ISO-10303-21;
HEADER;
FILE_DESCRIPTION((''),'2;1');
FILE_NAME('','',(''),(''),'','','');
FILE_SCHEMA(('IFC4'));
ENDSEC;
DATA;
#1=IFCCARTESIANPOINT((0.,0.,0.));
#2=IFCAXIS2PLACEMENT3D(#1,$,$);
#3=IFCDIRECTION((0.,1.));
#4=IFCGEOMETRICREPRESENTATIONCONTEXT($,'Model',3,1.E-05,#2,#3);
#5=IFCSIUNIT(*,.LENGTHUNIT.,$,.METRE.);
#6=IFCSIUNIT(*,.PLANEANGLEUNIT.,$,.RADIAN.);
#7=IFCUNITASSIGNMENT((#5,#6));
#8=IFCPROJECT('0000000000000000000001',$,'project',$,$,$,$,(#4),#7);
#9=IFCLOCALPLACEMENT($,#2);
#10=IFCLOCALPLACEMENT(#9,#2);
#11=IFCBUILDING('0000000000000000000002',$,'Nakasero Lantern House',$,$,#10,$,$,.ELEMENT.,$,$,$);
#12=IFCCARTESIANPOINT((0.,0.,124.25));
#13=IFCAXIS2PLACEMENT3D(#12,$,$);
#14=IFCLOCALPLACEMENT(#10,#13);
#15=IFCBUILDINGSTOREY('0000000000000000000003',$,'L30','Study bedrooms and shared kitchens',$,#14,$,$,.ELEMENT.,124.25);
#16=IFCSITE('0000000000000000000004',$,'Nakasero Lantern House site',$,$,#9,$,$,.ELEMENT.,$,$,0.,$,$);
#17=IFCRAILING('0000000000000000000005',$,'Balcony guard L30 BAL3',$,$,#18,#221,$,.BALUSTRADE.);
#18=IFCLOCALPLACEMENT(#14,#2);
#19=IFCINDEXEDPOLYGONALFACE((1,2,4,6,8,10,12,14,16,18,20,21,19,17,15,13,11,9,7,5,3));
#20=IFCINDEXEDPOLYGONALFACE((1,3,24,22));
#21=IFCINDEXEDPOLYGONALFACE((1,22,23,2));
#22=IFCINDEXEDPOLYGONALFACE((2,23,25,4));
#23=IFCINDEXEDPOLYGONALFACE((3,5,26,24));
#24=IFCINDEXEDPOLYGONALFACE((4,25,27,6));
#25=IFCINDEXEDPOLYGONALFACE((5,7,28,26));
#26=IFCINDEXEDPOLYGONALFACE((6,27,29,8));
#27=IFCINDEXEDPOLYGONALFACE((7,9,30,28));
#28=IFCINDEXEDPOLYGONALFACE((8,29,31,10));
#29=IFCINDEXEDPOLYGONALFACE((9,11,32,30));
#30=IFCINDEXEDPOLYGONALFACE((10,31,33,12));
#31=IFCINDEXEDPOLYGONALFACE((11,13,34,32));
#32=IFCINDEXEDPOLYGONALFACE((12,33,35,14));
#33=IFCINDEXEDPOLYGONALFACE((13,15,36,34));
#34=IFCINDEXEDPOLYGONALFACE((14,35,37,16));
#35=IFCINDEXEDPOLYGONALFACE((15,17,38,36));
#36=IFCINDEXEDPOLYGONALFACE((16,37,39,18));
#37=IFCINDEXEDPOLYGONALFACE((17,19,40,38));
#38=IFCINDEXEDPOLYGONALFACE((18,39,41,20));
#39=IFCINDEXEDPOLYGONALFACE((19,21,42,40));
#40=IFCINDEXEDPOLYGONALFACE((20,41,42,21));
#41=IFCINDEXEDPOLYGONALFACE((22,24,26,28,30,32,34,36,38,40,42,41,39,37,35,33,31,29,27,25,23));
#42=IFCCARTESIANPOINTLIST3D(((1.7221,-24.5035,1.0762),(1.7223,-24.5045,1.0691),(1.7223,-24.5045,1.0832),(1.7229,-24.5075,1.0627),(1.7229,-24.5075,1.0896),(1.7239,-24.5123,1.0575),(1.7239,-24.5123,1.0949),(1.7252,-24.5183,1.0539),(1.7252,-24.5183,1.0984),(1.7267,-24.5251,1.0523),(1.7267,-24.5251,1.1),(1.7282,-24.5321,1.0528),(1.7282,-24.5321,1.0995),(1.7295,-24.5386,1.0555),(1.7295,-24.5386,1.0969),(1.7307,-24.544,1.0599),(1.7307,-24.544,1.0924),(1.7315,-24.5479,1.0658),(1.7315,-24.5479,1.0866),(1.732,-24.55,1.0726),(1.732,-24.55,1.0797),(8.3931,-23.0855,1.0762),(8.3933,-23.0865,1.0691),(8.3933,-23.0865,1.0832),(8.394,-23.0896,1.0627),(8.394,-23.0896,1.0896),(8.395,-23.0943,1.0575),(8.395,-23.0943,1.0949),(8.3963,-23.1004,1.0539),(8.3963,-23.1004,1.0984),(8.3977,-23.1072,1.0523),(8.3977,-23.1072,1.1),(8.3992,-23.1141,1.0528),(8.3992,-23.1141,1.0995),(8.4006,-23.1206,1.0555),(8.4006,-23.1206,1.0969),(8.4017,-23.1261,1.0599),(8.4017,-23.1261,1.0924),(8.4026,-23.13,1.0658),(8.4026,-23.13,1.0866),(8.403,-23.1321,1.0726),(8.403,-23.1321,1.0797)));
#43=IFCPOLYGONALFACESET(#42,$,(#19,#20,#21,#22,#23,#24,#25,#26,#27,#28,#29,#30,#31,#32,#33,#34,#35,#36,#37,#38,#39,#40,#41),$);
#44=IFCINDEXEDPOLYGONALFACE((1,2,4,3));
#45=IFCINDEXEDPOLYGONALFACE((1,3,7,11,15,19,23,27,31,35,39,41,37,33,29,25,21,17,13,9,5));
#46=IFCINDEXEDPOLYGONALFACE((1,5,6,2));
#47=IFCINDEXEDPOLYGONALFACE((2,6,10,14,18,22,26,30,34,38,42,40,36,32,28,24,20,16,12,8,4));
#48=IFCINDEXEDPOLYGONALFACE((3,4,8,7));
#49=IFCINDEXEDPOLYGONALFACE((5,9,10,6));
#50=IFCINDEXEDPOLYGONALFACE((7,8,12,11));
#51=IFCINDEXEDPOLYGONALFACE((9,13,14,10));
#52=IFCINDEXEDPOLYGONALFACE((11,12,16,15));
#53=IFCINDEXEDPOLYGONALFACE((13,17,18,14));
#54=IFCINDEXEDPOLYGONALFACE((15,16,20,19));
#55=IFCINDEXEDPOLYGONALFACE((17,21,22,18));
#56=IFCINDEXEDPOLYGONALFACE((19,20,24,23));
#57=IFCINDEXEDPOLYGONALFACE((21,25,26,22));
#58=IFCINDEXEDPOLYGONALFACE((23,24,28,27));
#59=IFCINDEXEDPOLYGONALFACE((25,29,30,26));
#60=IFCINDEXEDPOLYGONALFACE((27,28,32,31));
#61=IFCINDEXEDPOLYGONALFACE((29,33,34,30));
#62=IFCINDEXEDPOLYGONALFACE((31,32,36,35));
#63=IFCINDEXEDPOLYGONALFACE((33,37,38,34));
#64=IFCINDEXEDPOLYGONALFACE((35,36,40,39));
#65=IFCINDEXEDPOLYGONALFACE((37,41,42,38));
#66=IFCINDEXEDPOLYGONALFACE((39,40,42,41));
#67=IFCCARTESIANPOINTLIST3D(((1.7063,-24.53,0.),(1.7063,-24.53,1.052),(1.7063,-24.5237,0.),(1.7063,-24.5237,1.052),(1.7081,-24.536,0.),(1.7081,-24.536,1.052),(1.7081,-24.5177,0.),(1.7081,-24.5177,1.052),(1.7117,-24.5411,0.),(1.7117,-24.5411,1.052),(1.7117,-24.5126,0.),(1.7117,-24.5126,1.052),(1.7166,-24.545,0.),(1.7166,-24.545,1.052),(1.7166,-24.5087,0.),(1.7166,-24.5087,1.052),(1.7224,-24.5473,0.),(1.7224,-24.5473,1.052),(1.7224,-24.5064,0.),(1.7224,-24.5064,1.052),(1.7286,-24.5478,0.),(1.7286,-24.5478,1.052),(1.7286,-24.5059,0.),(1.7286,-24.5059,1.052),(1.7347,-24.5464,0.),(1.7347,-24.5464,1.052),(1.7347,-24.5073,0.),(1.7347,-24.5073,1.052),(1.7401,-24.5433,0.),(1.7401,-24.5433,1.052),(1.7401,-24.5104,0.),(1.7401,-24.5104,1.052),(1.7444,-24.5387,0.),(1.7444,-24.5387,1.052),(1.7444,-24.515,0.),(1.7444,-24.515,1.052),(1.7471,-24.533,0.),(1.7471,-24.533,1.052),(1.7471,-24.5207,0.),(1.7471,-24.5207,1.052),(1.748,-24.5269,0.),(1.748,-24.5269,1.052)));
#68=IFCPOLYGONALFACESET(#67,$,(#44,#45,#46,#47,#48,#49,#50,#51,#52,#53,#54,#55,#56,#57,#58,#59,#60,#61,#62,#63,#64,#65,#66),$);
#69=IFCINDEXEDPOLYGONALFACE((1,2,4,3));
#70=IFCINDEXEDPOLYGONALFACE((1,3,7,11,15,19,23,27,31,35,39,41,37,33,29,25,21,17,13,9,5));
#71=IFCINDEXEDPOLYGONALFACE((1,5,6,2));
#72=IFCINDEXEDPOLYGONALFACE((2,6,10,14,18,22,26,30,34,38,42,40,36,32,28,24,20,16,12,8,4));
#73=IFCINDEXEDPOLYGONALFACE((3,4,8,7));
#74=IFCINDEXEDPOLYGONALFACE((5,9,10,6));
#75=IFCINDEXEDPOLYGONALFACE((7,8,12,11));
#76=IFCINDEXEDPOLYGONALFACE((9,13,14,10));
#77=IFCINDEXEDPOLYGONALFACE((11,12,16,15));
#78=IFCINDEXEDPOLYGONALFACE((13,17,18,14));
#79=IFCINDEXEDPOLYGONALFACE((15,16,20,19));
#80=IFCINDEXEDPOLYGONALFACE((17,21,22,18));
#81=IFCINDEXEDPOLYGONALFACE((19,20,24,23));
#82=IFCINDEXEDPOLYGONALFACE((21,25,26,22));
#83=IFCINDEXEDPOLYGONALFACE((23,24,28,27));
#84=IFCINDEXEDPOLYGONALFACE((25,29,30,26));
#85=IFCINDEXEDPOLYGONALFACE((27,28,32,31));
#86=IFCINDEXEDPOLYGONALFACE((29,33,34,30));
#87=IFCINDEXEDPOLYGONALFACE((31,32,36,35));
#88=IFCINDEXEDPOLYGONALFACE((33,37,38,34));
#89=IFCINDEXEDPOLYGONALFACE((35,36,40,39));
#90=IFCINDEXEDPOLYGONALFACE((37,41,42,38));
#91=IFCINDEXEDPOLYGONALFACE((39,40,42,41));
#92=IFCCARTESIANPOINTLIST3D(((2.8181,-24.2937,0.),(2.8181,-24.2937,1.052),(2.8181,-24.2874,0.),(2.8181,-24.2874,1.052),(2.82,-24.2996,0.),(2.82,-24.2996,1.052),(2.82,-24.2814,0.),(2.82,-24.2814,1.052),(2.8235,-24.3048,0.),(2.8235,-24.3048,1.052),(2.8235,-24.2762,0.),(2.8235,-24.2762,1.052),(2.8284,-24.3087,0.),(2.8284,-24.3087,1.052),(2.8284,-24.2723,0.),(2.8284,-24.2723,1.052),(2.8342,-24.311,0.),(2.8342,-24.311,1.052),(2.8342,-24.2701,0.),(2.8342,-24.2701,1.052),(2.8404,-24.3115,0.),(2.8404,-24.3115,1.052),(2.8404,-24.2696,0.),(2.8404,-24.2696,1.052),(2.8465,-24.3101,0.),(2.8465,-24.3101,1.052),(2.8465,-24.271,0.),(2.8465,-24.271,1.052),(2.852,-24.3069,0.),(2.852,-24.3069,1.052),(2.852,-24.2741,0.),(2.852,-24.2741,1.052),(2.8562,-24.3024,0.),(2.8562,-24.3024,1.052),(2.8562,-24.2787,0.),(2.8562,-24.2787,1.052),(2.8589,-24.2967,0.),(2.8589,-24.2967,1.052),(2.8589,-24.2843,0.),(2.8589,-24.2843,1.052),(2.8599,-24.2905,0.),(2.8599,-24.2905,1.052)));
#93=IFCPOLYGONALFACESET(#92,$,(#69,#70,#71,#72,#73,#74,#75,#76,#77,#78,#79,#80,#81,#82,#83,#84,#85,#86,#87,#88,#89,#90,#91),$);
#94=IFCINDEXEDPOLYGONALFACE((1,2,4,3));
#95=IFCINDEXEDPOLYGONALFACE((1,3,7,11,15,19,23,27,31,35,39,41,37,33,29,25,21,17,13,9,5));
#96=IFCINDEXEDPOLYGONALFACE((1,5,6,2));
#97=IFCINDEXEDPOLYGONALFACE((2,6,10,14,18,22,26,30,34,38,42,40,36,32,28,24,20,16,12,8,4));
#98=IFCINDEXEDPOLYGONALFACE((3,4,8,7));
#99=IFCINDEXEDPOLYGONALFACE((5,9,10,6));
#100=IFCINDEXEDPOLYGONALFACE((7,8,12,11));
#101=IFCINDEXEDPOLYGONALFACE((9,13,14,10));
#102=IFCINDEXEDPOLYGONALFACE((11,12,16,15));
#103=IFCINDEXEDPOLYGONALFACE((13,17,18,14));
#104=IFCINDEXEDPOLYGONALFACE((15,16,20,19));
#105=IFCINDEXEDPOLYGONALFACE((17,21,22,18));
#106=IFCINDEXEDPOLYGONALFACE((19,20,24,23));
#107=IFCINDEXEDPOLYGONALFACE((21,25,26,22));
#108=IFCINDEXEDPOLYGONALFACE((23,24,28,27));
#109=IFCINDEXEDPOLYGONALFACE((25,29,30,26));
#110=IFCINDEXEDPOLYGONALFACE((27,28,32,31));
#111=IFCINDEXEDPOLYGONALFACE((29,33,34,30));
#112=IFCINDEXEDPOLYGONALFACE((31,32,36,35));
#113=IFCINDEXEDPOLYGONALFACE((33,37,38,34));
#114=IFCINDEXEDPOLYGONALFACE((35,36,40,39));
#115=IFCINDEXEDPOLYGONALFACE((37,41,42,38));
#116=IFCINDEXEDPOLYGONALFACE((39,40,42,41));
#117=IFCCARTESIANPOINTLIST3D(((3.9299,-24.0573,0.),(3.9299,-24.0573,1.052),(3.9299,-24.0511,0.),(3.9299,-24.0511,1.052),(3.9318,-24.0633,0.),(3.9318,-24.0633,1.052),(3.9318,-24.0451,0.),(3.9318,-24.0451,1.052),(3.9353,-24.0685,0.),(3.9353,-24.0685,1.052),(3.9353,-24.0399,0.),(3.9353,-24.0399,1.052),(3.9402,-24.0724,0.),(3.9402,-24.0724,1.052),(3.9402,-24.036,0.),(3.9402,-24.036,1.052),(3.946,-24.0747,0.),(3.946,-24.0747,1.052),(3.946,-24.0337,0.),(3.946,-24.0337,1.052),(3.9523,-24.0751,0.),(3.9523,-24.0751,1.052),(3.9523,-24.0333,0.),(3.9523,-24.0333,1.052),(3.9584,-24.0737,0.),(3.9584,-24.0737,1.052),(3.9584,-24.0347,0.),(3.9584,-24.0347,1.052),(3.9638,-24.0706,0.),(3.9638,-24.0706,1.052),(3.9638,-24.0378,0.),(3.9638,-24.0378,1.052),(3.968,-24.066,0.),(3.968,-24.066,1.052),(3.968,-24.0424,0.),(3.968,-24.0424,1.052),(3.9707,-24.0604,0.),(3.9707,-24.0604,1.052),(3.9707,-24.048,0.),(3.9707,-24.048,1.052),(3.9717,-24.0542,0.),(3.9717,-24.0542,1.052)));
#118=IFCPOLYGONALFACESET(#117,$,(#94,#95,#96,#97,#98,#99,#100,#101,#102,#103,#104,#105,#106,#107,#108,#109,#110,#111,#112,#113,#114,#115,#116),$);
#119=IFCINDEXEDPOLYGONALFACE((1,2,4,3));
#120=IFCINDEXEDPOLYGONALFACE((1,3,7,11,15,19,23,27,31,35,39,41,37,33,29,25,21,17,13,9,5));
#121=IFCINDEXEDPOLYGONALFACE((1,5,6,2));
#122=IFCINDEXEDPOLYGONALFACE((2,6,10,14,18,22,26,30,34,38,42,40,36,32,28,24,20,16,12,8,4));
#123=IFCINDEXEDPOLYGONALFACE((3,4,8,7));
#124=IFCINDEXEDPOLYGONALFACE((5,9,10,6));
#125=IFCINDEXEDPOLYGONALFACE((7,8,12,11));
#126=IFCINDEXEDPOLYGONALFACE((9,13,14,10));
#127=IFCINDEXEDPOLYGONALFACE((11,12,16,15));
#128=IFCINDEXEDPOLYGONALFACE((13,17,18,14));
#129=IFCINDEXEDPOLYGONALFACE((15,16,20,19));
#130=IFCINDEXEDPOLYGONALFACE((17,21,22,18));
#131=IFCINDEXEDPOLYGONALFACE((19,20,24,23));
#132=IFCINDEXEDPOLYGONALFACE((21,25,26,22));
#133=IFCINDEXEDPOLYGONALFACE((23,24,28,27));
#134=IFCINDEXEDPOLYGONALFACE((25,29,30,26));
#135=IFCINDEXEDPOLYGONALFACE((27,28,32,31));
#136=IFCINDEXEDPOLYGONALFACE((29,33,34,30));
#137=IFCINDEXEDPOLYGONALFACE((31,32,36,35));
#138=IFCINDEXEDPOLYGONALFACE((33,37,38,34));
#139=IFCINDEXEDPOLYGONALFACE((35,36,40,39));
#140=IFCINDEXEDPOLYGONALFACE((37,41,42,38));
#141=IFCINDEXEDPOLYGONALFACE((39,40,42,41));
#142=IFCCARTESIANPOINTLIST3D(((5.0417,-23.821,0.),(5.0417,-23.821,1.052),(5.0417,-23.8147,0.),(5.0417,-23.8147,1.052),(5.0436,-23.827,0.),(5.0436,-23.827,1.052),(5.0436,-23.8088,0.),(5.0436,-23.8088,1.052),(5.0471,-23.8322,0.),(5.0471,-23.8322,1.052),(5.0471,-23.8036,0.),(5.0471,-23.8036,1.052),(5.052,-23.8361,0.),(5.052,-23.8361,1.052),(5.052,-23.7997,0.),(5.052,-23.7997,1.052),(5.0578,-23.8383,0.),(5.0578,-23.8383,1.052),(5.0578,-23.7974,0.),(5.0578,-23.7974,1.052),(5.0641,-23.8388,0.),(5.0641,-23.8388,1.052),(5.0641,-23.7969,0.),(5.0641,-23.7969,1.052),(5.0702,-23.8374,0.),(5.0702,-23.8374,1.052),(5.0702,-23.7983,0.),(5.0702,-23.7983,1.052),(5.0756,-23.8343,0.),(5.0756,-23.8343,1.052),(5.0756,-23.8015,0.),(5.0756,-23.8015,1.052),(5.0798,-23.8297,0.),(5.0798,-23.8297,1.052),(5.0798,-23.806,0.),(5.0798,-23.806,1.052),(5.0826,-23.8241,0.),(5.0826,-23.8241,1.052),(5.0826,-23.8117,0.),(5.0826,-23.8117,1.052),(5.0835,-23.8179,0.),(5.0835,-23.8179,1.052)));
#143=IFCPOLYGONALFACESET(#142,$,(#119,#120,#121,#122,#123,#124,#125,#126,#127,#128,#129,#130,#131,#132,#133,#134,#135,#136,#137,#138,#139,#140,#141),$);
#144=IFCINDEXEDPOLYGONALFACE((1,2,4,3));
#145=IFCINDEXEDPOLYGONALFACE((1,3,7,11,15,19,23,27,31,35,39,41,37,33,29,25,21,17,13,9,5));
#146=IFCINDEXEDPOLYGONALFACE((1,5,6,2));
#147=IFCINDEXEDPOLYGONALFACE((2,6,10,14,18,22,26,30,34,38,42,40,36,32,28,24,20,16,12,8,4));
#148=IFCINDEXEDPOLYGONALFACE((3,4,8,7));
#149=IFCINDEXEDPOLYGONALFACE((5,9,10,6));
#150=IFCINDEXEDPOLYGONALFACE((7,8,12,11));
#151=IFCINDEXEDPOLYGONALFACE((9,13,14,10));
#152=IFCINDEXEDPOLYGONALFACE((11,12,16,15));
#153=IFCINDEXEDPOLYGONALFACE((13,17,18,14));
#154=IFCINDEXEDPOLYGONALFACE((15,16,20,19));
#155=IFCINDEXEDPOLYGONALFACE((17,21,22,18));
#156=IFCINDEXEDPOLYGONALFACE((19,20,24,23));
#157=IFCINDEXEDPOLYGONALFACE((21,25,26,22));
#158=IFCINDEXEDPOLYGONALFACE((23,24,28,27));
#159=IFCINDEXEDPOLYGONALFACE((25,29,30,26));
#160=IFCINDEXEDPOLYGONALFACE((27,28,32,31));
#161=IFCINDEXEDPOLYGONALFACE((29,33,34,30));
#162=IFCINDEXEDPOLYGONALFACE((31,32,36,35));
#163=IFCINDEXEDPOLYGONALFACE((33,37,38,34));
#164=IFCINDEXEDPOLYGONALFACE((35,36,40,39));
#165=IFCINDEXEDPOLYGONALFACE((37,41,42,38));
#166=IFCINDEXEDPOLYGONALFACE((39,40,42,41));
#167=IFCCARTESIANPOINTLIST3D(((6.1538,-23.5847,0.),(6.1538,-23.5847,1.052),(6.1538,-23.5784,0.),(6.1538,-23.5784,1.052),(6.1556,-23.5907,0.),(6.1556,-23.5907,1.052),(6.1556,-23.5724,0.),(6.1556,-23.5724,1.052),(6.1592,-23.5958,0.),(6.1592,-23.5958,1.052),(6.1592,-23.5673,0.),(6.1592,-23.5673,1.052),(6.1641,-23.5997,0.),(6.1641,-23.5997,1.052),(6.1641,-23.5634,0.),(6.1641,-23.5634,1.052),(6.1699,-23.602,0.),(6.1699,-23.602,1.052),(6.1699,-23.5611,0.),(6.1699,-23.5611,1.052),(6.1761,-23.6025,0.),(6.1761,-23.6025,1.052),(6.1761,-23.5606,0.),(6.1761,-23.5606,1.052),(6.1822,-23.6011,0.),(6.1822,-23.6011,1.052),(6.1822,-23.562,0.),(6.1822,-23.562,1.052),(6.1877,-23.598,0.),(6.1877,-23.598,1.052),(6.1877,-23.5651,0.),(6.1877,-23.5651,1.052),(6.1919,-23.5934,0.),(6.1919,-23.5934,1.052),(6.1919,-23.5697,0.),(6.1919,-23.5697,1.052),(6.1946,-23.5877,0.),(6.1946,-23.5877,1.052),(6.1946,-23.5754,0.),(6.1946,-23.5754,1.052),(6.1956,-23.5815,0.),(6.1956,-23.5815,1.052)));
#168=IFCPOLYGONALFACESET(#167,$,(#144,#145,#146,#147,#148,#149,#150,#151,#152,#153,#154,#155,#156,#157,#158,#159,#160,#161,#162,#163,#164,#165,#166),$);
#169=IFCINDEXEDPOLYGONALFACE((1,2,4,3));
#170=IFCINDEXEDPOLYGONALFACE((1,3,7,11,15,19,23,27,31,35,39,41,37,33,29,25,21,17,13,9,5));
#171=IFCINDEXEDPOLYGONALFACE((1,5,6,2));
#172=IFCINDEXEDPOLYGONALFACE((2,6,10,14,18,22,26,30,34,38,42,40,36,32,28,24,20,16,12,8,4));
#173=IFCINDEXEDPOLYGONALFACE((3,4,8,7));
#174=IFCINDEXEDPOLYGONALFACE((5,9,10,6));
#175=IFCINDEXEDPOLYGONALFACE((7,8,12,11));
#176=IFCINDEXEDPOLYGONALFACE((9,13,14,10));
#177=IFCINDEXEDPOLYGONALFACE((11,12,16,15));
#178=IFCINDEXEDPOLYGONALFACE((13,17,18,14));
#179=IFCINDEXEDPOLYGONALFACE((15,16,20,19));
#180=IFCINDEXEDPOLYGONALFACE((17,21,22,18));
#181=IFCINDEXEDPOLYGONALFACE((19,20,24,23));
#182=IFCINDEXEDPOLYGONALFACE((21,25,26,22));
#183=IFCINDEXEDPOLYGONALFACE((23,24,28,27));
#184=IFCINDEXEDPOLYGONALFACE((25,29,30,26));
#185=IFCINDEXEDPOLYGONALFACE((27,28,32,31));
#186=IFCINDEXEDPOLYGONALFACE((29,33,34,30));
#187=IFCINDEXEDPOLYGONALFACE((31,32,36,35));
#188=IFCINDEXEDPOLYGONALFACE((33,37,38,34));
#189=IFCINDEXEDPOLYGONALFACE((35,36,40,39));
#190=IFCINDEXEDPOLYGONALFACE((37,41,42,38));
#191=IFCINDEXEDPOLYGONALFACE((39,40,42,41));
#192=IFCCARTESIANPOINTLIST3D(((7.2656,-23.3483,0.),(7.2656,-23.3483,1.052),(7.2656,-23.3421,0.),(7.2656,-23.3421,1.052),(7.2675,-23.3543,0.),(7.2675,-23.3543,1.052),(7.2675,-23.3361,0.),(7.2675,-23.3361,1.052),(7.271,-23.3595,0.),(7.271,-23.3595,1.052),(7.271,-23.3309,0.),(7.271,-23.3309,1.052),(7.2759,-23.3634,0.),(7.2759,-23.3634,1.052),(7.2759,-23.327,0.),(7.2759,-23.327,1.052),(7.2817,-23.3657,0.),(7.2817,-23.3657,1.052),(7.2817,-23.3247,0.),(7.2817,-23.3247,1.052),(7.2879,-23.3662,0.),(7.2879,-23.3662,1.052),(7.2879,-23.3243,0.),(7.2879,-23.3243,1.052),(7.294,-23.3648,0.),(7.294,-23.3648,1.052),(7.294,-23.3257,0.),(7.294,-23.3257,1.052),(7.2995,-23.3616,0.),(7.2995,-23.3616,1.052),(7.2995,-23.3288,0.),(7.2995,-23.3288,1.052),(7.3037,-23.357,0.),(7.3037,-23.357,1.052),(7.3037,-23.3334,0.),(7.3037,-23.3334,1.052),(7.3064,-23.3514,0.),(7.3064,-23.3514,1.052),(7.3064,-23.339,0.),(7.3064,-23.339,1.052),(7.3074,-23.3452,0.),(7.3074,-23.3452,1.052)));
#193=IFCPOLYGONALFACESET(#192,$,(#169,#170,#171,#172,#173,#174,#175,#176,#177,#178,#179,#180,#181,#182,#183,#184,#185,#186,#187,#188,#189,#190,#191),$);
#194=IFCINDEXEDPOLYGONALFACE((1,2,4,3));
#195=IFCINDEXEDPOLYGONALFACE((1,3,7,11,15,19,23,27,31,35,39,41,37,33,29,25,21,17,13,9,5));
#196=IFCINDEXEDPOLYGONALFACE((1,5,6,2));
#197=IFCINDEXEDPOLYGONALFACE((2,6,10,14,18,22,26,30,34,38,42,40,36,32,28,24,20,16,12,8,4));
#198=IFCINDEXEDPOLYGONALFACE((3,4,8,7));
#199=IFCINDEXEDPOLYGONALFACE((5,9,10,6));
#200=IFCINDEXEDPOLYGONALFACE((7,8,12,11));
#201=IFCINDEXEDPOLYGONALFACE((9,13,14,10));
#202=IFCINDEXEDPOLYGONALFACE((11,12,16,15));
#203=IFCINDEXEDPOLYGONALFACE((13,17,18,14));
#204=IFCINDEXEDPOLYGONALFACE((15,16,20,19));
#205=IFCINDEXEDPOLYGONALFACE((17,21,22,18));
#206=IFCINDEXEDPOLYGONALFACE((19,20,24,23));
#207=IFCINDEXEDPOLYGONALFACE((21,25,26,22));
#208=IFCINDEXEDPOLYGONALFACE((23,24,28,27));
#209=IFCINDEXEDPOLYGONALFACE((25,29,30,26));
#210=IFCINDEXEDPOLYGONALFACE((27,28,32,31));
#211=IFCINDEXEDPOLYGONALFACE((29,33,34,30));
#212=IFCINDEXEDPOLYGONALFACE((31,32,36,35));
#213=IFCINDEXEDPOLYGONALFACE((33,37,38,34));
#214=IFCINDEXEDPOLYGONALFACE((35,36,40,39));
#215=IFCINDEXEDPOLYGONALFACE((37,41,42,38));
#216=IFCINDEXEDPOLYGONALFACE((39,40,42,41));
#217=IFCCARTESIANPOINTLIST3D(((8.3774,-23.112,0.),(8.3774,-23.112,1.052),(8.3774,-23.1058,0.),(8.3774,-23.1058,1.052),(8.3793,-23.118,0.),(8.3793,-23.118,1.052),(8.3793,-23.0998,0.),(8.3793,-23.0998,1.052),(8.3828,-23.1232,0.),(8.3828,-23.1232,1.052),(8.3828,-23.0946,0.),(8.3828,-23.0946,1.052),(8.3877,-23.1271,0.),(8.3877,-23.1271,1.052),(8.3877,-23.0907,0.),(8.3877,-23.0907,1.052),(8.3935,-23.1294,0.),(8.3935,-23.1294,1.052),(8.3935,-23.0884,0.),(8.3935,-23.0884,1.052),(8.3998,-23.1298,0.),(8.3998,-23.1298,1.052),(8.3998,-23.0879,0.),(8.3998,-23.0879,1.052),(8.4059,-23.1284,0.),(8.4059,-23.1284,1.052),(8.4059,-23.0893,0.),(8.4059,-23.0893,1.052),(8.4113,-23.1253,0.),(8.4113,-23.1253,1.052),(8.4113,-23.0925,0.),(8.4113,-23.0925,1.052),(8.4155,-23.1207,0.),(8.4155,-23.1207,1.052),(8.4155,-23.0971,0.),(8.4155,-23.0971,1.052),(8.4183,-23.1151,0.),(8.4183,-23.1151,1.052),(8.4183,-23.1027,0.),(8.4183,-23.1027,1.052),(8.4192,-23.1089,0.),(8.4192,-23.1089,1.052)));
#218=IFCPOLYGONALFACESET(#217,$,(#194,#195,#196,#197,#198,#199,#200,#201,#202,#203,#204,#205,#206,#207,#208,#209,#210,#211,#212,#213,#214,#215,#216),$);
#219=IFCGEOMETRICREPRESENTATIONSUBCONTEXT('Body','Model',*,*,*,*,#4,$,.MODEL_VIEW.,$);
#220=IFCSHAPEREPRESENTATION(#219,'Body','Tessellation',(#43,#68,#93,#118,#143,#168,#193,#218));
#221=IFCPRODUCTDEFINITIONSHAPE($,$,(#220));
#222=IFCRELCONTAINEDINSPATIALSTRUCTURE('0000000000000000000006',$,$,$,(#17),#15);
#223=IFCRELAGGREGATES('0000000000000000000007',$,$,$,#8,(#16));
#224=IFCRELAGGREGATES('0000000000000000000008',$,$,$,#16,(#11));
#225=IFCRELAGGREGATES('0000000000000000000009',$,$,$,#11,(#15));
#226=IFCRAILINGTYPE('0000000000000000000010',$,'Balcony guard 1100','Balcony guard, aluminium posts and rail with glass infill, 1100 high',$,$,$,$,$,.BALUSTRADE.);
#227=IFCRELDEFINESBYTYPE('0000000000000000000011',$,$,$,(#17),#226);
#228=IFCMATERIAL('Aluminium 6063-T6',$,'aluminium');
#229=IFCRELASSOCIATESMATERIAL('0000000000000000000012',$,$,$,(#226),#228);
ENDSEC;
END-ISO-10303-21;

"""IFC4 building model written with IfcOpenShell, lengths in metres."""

from ifc_helpers import new_model, si_unit, direction, frame, origin, origin_2d, place, context, subcontext, project, spatial, circle, extrude, material, type_object, element, save


model = new_model("IFC4")

# Units and contexts
model_context = context("Model", 3, precision=1e-05, world=origin(), true_north=direction((0.0, 1.0)))
body_context = subcontext(model_context, "Body", "Model", "MODEL_VIEW")
ifc_project = project(units=[si_unit("LENGTHUNIT", "METRE"), si_unit("PLANEANGLEUNIT", "RADIAN")], contexts=[model_context])

# Site, building, storey
site_placement = place(None, origin())
site = spatial("IfcSite", under=ifc_project, at=site_placement, Name="Nakasero Lantern House site", CompositionType="ELEMENT", RefElevation=0.0)
building_placement = place(site_placement, origin())
building = spatial("IfcBuilding", under=site, at=building_placement, Name="Nakasero Lantern House", CompositionType="ELEMENT")
storey_placement = place(building_placement, frame((0.0, 0.0, 124.25)))
storey = spatial("IfcBuildingStorey", under=building, at=storey_placement, Name="L30", Description="Study bedrooms and shared kitchens", CompositionType="ELEMENT", Elevation=124.25)

# Railing
ifc_material_1 = material(Name="Aluminium 6063-T6", Category="aluminium")
railing_type = type_object("IfcRailingType", Name="Balcony guard 1100", Description="Balcony guard, aluminium posts and rail with glass infill, 1100 high", PredefinedType="BALUSTRADE", material=ifc_material_1)
railing_placement = place(storey_placement, frame((1.7271, -24.5269, 0.0)))
element("IfcRailing", 1, at=railing_placement, inside=storey, type_object=railing_type, Name="Balcony guard L30 BAL3", PredefinedType="BALUSTRADE", context=body_context, shape_type="SweptSolid", body=[
    extrude(circle(Radius=0.0239, at=origin_2d()), frame((0.0, 0.0, 1.0762), z_axis=(0.978148, 0.207908, 0.0), x_axis=(-0.207908, 0.978148, 0.0)), (0.0, 0.0, 1.0), 6.8201),
    extrude(circle(Radius=0.021, at=origin_2d()), origin(), (0.0, 0.0, 1.0), 1.052),
    extrude(circle(Radius=0.021, at=origin_2d()), frame((1.1118, 0.2363, 0.0)), (0.0, 0.0, 1.0), 1.052),
    extrude(circle(Radius=0.021, at=origin_2d()), frame((2.2236, 0.4727, 0.0)), (0.0, 0.0, 1.0), 1.052),
    extrude(circle(Radius=0.021, at=origin_2d()), frame((3.3354, 0.709, 0.0)), (0.0, 0.0, 1.0), 1.052),
    extrude(circle(Radius=0.021, at=origin_2d()), frame((4.4475, 0.9453, 0.0)), (0.0, 0.0, 1.0), 1.052),
    extrude(circle(Radius=0.021, at=origin_2d()), frame((5.5593, 1.1816, 0.0)), (0.0, 0.0, 1.0), 1.052),
    extrude(circle(Radius=0.021, at=origin_2d()), frame((6.6711, 1.418, 0.0)), (0.0, 0.0, 1.0), 1.052),
])

save(model, "model.ifc")
